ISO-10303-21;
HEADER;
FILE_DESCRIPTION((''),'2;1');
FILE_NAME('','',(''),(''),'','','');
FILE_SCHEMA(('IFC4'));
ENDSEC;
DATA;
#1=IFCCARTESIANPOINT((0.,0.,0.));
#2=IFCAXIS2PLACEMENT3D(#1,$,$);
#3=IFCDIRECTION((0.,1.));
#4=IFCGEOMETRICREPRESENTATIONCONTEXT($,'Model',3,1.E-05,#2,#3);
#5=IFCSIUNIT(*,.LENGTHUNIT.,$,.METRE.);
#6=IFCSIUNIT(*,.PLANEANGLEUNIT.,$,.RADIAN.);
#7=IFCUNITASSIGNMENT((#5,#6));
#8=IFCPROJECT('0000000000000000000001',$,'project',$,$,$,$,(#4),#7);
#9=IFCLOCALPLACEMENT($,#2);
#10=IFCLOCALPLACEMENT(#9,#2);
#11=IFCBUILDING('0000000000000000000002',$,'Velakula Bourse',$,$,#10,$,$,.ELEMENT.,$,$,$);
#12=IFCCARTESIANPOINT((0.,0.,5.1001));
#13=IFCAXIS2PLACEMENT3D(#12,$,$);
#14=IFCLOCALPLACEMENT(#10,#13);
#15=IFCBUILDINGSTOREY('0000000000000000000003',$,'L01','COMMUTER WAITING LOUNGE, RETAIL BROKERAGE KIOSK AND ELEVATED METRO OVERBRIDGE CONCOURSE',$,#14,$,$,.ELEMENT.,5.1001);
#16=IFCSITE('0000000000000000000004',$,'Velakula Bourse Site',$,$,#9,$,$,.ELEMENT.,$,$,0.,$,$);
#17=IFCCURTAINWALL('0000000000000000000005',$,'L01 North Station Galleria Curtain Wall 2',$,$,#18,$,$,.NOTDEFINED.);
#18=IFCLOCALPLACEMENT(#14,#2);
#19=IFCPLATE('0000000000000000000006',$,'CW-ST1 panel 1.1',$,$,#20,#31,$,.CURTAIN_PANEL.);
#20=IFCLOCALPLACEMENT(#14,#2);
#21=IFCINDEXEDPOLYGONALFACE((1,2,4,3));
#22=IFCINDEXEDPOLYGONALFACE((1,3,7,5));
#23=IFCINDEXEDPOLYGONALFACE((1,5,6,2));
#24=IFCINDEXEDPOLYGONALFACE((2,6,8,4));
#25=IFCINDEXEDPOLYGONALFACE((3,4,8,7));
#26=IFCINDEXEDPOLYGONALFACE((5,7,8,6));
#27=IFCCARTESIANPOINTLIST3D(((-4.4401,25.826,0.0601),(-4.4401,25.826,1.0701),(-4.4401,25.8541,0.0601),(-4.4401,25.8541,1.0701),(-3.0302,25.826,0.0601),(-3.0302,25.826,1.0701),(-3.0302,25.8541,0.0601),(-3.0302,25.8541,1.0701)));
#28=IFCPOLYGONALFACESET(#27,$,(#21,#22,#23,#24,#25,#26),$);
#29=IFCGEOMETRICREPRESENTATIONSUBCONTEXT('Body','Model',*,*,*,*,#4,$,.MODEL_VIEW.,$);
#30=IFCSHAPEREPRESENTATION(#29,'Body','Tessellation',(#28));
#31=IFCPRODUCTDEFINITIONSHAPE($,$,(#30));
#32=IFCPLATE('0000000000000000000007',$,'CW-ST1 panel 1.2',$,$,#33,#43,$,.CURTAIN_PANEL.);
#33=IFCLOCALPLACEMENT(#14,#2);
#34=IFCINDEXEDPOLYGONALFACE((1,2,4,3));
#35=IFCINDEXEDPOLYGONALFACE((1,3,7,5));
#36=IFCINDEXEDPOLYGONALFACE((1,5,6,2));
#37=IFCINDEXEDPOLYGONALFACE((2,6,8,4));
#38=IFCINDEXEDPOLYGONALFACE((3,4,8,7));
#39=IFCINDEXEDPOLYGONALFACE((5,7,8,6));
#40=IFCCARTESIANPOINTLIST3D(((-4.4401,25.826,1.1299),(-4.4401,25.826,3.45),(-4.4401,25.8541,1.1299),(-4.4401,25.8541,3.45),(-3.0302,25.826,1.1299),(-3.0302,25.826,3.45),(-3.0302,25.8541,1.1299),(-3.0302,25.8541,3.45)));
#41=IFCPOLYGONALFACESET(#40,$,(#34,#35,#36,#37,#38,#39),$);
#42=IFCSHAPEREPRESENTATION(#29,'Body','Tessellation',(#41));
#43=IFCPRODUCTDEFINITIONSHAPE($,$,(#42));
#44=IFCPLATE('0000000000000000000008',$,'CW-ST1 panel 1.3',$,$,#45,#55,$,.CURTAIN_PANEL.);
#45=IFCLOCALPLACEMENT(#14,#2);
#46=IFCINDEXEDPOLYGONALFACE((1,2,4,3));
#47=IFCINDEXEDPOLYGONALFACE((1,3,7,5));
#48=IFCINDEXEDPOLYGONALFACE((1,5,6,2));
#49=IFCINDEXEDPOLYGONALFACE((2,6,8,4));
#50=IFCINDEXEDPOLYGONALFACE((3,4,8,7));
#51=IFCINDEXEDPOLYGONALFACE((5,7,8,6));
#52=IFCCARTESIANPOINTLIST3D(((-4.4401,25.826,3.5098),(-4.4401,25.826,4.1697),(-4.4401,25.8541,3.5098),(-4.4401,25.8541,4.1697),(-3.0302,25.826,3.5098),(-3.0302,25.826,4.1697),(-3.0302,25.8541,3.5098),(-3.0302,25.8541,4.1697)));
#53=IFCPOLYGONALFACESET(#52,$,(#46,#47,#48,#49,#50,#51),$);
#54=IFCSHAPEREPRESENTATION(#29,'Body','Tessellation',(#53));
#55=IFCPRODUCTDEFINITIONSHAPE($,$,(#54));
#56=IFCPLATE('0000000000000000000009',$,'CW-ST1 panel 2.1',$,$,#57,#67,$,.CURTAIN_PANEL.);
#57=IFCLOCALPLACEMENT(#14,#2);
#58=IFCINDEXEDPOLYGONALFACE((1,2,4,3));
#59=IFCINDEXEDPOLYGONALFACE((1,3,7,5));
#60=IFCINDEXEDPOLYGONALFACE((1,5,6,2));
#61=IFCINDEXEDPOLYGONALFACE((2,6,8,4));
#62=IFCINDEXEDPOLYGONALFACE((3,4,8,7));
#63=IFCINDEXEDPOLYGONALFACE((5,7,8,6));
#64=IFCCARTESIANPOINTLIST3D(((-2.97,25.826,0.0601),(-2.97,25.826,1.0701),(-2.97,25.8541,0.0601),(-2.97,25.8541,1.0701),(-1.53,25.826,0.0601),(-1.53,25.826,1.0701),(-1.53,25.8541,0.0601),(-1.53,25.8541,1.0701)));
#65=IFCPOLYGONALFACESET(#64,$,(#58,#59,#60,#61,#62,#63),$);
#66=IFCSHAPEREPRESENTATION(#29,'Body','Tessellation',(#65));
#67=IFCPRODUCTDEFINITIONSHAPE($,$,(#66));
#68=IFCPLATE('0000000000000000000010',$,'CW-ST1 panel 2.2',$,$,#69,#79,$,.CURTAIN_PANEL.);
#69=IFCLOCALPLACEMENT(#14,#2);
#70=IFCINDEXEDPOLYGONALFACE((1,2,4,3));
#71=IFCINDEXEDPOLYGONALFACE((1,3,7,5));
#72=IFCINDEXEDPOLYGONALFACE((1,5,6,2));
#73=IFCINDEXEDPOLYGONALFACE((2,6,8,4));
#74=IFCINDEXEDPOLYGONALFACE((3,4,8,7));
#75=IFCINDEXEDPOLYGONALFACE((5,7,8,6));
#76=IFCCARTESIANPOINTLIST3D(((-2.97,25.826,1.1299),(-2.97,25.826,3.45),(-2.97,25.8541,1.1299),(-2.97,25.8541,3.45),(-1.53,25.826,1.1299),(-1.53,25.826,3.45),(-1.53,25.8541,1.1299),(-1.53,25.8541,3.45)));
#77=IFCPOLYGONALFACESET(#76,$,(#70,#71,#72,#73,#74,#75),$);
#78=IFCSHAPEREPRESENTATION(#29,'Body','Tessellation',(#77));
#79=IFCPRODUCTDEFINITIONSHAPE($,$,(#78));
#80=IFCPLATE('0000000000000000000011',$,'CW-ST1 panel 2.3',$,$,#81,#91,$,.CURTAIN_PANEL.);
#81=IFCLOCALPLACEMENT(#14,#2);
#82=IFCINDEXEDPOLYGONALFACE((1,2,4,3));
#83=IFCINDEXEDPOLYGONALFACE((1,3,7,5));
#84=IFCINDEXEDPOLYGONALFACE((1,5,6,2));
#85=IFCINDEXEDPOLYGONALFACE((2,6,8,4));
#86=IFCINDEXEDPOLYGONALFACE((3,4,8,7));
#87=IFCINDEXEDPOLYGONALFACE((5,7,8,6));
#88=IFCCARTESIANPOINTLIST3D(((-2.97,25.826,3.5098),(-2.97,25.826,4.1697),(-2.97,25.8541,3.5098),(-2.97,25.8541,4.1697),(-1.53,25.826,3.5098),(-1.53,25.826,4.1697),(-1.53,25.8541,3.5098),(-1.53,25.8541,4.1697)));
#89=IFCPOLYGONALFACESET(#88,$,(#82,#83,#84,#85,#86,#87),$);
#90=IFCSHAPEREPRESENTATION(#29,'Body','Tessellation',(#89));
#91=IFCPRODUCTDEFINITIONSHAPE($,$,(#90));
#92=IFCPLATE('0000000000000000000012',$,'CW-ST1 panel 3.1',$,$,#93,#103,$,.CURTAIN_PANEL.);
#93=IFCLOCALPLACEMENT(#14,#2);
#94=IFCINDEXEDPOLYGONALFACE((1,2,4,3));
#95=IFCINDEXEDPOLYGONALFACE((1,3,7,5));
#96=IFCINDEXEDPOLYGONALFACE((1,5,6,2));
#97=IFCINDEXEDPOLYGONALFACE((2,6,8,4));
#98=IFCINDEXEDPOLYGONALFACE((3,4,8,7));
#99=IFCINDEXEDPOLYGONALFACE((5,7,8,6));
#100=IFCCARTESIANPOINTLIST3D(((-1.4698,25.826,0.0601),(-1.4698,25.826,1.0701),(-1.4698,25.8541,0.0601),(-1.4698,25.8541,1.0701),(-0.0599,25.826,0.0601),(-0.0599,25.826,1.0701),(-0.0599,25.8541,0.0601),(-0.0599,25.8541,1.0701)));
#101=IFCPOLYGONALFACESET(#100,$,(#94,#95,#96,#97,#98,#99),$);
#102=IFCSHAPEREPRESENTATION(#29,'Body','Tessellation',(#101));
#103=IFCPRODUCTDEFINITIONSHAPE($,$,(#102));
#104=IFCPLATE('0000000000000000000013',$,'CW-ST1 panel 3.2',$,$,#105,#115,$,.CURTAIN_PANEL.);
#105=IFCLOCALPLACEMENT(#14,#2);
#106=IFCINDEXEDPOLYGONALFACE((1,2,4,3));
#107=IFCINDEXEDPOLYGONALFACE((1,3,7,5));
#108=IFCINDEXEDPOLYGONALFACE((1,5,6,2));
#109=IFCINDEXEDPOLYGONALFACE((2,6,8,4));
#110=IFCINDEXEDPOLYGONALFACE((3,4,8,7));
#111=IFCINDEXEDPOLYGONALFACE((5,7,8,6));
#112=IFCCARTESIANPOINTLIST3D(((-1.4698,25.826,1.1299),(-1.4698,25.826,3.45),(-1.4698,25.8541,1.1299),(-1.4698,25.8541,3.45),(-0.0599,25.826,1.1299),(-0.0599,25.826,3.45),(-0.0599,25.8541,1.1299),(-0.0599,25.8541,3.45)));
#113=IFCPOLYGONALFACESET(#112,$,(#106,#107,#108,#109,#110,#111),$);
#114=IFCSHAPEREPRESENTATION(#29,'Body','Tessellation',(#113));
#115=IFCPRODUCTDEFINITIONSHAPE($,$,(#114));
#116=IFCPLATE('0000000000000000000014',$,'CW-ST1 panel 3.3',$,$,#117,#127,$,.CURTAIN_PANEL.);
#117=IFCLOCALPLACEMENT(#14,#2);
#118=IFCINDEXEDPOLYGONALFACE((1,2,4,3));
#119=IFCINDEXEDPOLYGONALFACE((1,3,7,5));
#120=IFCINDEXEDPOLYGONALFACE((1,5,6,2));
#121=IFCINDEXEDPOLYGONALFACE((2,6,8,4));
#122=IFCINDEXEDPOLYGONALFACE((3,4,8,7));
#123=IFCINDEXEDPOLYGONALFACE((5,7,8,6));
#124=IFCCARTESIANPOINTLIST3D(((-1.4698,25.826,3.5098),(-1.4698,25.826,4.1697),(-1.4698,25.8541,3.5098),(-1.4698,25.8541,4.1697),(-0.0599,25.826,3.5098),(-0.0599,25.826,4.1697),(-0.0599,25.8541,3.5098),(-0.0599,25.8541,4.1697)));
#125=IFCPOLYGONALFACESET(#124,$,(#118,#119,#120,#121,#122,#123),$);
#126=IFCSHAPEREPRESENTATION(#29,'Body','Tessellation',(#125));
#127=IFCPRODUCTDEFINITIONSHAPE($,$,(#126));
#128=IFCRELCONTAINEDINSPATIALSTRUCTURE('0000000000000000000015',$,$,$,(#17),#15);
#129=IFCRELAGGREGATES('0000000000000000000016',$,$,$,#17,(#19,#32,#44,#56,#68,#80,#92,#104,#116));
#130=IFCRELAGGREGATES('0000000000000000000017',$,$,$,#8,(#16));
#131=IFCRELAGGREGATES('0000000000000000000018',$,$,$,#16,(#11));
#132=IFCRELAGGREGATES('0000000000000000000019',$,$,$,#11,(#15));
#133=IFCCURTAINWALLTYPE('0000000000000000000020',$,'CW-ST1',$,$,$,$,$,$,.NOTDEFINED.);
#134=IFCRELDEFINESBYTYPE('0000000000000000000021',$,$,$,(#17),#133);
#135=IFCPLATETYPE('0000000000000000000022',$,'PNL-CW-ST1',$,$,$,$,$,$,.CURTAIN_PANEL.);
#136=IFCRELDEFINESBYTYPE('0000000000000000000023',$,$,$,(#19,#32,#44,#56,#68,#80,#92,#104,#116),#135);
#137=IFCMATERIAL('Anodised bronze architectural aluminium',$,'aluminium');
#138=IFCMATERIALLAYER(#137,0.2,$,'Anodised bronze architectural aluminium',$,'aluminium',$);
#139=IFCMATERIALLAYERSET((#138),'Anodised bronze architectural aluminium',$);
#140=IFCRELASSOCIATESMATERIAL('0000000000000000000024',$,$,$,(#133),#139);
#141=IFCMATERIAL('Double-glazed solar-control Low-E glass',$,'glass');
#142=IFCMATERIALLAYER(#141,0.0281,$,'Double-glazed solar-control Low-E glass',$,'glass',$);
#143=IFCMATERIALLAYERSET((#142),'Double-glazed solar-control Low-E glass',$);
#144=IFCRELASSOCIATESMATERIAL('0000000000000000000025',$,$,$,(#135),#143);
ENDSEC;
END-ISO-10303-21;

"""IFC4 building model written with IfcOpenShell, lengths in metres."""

from ifc_helpers import new_model, si_unit, direction, frame, origin, origin_2d, place, context, subcontext, project, spatial, rectangle, extrude, material, layer, layer_set, type_object, element, aggregate, save


model = new_model("IFC4")

# Units and contexts
model_context = context("Model", 3, precision=1e-05, world=origin(), true_north=direction((0.0, 1.0)))
body_context = subcontext(model_context, "Body", "Model", "MODEL_VIEW")
ifc_project = project(units=[si_unit("LENGTHUNIT", "METRE"), si_unit("PLANEANGLEUNIT", "RADIAN")], contexts=[model_context])

# Site, building, storey
site_placement = place(None, origin())
site = spatial("IfcSite", under=ifc_project, at=site_placement, Name="Velakula Bourse Site", CompositionType="ELEMENT", RefElevation=0.0)
building_placement = place(site_placement, origin())
building = spatial("IfcBuilding", under=site, at=building_placement, Name="Velakula Bourse", CompositionType="ELEMENT")
storey_placement = place(building_placement, frame((0.0, 0.0, 5.1001)))
storey = spatial("IfcBuildingStorey", under=building, at=storey_placement, Name="L01", Description="COMMUTER WAITING LOUNGE, RETAIL BROKERAGE KIOSK AND ELEVATED METRO OVERBRIDGE CONCOURSE", CompositionType="ELEMENT", Elevation=5.1001)

# Curtain wall, plates
ifc_material_1 = material(Name="Anodised bronze architectural aluminium", Category="aluminium")
ifc_layer_1 = layer(ifc_material_1, 0.2, Name="Anodised bronze architectural aluminium", Category="aluminium")
ifc_layer_set_1 = layer_set([ifc_layer_1], Name="Anodised bronze architectural aluminium")
curtain_wall_type = type_object("IfcCurtainWallType", Name="CW-ST1", PredefinedType="NOTDEFINED", material=ifc_layer_set_1)
curtain_wall_placement = place(storey_placement, origin())
curtain_wall = element("IfcCurtainWall", 1, at=curtain_wall_placement, inside=storey, type_object=curtain_wall_type, Name="L01 North Station Galleria Curtain Wall 2", PredefinedType="NOTDEFINED")
ifc_material_2 = material(Name="Double-glazed solar-control Low-E glass", Category="glass")
ifc_layer_2 = layer(ifc_material_2, 0.0281, Name="Double-glazed solar-control Low-E glass", Category="glass")
ifc_layer_set_2 = layer_set([ifc_layer_2], Name="Double-glazed solar-control Low-E glass")
plate_type = type_object("IfcPlateType", Name="PNL-CW-ST1", PredefinedType="CURTAIN_PANEL", material=ifc_layer_set_2)
plate_1_placement = place(storey_placement, frame((-3.7351, 25.8401, 0.0601), z_axis=(0.0, 0.0, 1.0), x_axis=(1.0, 0.0, 0.0)))
plate_1 = element("IfcPlate", 2, at=plate_1_placement, type_object=plate_type, Name="CW-ST1 panel 1.1", PredefinedType="CURTAIN_PANEL", context=body_context, shape_type="SweptSolid", body=[
    extrude(rectangle(XDim=1.4099, YDim=0.0281, at=origin_2d()), origin(), (0.0, 0.0, 1.0), 1.01),
])
plate_2_placement = place(storey_placement, frame((-3.7351, 25.8401, 1.1299), z_axis=(0.0, 0.0, 1.0), x_axis=(1.0, 0.0, 0.0)))
plate_2 = element("IfcPlate", 3, at=plate_2_placement, type_object=plate_type, Name="CW-ST1 panel 1.2", PredefinedType="CURTAIN_PANEL", context=body_context, shape_type="SweptSolid", body=[
    extrude(rectangle(XDim=1.4099, YDim=0.0281, at=origin_2d()), origin(), (0.0, 0.0, 1.0), 2.3201),
])
plate_3_placement = place(storey_placement, frame((-3.7351, 25.8401, 3.5098), z_axis=(0.0, 0.0, 1.0), x_axis=(1.0, 0.0, 0.0)))
plate_3 = element("IfcPlate", 4, at=plate_3_placement, type_object=plate_type, Name="CW-ST1 panel 1.3", PredefinedType="CURTAIN_PANEL", context=body_context, shape_type="SweptSolid", body=[
    extrude(rectangle(XDim=1.4099, YDim=0.0281, at=origin_2d()), origin(), (0.0, 0.0, 1.0), 0.6599),
])
plate_4_placement = place(storey_placement, frame((-2.25, 25.8401, 0.0601), z_axis=(0.0, 0.0, 1.0), x_axis=(1.0, 0.0, 0.0)))
plate_4 = element("IfcPlate", 5, at=plate_4_placement, type_object=plate_type, Name="CW-ST1 panel 2.1", PredefinedType="CURTAIN_PANEL", context=body_context, shape_type="SweptSolid", body=[
    extrude(rectangle(XDim=1.4399, YDim=0.0281, at=origin_2d()), origin(), (0.0, 0.0, 1.0), 1.01),
])
plate_5_placement = place(storey_placement, frame((-2.25, 25.8401, 1.1299), z_axis=(0.0, 0.0, 1.0), x_axis=(1.0, 0.0, 0.0)))
plate_5 = element("IfcPlate", 6, at=plate_5_placement, type_object=plate_type, Name="CW-ST1 panel 2.2", PredefinedType="CURTAIN_PANEL", context=body_context, shape_type="SweptSolid", body=[
    extrude(rectangle(XDim=1.4399, YDim=0.0281, at=origin_2d()), origin(), (0.0, 0.0, 1.0), 2.3201),
])
plate_6_placement = place(storey_placement, frame((-2.25, 25.8401, 3.5098), z_axis=(0.0, 0.0, 1.0), x_axis=(1.0, 0.0, 0.0)))
plate_6 = element("IfcPlate", 7, at=plate_6_placement, type_object=plate_type, Name="CW-ST1 panel 2.3", PredefinedType="CURTAIN_PANEL", context=body_context, shape_type="SweptSolid", body=[
    extrude(rectangle(XDim=1.4399, YDim=0.0281, at=origin_2d()), origin(), (0.0, 0.0, 1.0), 0.6599),
])
plate_7_placement = place(storey_placement, frame((-0.7649, 25.8401, 0.0601), z_axis=(0.0, 0.0, 1.0), x_axis=(1.0, 0.0, 0.0)))
plate_7 = element("IfcPlate", 8, at=plate_7_placement, type_object=plate_type, Name="CW-ST1 panel 3.1", PredefinedType="CURTAIN_PANEL", context=body_context, shape_type="SweptSolid", body=[
    extrude(rectangle(XDim=1.4099, YDim=0.0281, at=origin_2d()), origin(), (0.0, 0.0, 1.0), 1.01),
])
plate_8_placement = place(storey_placement, frame((-0.7649, 25.8401, 1.1299), z_axis=(0.0, 0.0, 1.0), x_axis=(1.0, 0.0, 0.0)))
plate_8 = element("IfcPlate", 9, at=plate_8_placement, type_object=plate_type, Name="CW-ST1 panel 3.2", PredefinedType="CURTAIN_PANEL", context=body_context, shape_type="SweptSolid", body=[
    extrude(rectangle(XDim=1.4099, YDim=0.0281, at=origin_2d()), origin(), (0.0, 0.0, 1.0), 2.3201),
])
plate_9_placement = place(storey_placement, frame((-0.7649, 25.8401, 3.5098), z_axis=(0.0, 0.0, 1.0), x_axis=(1.0, 0.0, 0.0)))
plate_9 = element("IfcPlate", 10, at=plate_9_placement, type_object=plate_type, Name="CW-ST1 panel 3.3", PredefinedType="CURTAIN_PANEL", context=body_context, shape_type="SweptSolid", body=[
    extrude(rectangle(XDim=1.4099, YDim=0.0281, at=origin_2d()), origin(), (0.0, 0.0, 1.0), 0.6599),
])
aggregate(curtain_wall, [plate_1, plate_2, plate_3, plate_4, plate_5, plate_6, plate_7, plate_8, plate_9])

save(model, "model.ifc")
